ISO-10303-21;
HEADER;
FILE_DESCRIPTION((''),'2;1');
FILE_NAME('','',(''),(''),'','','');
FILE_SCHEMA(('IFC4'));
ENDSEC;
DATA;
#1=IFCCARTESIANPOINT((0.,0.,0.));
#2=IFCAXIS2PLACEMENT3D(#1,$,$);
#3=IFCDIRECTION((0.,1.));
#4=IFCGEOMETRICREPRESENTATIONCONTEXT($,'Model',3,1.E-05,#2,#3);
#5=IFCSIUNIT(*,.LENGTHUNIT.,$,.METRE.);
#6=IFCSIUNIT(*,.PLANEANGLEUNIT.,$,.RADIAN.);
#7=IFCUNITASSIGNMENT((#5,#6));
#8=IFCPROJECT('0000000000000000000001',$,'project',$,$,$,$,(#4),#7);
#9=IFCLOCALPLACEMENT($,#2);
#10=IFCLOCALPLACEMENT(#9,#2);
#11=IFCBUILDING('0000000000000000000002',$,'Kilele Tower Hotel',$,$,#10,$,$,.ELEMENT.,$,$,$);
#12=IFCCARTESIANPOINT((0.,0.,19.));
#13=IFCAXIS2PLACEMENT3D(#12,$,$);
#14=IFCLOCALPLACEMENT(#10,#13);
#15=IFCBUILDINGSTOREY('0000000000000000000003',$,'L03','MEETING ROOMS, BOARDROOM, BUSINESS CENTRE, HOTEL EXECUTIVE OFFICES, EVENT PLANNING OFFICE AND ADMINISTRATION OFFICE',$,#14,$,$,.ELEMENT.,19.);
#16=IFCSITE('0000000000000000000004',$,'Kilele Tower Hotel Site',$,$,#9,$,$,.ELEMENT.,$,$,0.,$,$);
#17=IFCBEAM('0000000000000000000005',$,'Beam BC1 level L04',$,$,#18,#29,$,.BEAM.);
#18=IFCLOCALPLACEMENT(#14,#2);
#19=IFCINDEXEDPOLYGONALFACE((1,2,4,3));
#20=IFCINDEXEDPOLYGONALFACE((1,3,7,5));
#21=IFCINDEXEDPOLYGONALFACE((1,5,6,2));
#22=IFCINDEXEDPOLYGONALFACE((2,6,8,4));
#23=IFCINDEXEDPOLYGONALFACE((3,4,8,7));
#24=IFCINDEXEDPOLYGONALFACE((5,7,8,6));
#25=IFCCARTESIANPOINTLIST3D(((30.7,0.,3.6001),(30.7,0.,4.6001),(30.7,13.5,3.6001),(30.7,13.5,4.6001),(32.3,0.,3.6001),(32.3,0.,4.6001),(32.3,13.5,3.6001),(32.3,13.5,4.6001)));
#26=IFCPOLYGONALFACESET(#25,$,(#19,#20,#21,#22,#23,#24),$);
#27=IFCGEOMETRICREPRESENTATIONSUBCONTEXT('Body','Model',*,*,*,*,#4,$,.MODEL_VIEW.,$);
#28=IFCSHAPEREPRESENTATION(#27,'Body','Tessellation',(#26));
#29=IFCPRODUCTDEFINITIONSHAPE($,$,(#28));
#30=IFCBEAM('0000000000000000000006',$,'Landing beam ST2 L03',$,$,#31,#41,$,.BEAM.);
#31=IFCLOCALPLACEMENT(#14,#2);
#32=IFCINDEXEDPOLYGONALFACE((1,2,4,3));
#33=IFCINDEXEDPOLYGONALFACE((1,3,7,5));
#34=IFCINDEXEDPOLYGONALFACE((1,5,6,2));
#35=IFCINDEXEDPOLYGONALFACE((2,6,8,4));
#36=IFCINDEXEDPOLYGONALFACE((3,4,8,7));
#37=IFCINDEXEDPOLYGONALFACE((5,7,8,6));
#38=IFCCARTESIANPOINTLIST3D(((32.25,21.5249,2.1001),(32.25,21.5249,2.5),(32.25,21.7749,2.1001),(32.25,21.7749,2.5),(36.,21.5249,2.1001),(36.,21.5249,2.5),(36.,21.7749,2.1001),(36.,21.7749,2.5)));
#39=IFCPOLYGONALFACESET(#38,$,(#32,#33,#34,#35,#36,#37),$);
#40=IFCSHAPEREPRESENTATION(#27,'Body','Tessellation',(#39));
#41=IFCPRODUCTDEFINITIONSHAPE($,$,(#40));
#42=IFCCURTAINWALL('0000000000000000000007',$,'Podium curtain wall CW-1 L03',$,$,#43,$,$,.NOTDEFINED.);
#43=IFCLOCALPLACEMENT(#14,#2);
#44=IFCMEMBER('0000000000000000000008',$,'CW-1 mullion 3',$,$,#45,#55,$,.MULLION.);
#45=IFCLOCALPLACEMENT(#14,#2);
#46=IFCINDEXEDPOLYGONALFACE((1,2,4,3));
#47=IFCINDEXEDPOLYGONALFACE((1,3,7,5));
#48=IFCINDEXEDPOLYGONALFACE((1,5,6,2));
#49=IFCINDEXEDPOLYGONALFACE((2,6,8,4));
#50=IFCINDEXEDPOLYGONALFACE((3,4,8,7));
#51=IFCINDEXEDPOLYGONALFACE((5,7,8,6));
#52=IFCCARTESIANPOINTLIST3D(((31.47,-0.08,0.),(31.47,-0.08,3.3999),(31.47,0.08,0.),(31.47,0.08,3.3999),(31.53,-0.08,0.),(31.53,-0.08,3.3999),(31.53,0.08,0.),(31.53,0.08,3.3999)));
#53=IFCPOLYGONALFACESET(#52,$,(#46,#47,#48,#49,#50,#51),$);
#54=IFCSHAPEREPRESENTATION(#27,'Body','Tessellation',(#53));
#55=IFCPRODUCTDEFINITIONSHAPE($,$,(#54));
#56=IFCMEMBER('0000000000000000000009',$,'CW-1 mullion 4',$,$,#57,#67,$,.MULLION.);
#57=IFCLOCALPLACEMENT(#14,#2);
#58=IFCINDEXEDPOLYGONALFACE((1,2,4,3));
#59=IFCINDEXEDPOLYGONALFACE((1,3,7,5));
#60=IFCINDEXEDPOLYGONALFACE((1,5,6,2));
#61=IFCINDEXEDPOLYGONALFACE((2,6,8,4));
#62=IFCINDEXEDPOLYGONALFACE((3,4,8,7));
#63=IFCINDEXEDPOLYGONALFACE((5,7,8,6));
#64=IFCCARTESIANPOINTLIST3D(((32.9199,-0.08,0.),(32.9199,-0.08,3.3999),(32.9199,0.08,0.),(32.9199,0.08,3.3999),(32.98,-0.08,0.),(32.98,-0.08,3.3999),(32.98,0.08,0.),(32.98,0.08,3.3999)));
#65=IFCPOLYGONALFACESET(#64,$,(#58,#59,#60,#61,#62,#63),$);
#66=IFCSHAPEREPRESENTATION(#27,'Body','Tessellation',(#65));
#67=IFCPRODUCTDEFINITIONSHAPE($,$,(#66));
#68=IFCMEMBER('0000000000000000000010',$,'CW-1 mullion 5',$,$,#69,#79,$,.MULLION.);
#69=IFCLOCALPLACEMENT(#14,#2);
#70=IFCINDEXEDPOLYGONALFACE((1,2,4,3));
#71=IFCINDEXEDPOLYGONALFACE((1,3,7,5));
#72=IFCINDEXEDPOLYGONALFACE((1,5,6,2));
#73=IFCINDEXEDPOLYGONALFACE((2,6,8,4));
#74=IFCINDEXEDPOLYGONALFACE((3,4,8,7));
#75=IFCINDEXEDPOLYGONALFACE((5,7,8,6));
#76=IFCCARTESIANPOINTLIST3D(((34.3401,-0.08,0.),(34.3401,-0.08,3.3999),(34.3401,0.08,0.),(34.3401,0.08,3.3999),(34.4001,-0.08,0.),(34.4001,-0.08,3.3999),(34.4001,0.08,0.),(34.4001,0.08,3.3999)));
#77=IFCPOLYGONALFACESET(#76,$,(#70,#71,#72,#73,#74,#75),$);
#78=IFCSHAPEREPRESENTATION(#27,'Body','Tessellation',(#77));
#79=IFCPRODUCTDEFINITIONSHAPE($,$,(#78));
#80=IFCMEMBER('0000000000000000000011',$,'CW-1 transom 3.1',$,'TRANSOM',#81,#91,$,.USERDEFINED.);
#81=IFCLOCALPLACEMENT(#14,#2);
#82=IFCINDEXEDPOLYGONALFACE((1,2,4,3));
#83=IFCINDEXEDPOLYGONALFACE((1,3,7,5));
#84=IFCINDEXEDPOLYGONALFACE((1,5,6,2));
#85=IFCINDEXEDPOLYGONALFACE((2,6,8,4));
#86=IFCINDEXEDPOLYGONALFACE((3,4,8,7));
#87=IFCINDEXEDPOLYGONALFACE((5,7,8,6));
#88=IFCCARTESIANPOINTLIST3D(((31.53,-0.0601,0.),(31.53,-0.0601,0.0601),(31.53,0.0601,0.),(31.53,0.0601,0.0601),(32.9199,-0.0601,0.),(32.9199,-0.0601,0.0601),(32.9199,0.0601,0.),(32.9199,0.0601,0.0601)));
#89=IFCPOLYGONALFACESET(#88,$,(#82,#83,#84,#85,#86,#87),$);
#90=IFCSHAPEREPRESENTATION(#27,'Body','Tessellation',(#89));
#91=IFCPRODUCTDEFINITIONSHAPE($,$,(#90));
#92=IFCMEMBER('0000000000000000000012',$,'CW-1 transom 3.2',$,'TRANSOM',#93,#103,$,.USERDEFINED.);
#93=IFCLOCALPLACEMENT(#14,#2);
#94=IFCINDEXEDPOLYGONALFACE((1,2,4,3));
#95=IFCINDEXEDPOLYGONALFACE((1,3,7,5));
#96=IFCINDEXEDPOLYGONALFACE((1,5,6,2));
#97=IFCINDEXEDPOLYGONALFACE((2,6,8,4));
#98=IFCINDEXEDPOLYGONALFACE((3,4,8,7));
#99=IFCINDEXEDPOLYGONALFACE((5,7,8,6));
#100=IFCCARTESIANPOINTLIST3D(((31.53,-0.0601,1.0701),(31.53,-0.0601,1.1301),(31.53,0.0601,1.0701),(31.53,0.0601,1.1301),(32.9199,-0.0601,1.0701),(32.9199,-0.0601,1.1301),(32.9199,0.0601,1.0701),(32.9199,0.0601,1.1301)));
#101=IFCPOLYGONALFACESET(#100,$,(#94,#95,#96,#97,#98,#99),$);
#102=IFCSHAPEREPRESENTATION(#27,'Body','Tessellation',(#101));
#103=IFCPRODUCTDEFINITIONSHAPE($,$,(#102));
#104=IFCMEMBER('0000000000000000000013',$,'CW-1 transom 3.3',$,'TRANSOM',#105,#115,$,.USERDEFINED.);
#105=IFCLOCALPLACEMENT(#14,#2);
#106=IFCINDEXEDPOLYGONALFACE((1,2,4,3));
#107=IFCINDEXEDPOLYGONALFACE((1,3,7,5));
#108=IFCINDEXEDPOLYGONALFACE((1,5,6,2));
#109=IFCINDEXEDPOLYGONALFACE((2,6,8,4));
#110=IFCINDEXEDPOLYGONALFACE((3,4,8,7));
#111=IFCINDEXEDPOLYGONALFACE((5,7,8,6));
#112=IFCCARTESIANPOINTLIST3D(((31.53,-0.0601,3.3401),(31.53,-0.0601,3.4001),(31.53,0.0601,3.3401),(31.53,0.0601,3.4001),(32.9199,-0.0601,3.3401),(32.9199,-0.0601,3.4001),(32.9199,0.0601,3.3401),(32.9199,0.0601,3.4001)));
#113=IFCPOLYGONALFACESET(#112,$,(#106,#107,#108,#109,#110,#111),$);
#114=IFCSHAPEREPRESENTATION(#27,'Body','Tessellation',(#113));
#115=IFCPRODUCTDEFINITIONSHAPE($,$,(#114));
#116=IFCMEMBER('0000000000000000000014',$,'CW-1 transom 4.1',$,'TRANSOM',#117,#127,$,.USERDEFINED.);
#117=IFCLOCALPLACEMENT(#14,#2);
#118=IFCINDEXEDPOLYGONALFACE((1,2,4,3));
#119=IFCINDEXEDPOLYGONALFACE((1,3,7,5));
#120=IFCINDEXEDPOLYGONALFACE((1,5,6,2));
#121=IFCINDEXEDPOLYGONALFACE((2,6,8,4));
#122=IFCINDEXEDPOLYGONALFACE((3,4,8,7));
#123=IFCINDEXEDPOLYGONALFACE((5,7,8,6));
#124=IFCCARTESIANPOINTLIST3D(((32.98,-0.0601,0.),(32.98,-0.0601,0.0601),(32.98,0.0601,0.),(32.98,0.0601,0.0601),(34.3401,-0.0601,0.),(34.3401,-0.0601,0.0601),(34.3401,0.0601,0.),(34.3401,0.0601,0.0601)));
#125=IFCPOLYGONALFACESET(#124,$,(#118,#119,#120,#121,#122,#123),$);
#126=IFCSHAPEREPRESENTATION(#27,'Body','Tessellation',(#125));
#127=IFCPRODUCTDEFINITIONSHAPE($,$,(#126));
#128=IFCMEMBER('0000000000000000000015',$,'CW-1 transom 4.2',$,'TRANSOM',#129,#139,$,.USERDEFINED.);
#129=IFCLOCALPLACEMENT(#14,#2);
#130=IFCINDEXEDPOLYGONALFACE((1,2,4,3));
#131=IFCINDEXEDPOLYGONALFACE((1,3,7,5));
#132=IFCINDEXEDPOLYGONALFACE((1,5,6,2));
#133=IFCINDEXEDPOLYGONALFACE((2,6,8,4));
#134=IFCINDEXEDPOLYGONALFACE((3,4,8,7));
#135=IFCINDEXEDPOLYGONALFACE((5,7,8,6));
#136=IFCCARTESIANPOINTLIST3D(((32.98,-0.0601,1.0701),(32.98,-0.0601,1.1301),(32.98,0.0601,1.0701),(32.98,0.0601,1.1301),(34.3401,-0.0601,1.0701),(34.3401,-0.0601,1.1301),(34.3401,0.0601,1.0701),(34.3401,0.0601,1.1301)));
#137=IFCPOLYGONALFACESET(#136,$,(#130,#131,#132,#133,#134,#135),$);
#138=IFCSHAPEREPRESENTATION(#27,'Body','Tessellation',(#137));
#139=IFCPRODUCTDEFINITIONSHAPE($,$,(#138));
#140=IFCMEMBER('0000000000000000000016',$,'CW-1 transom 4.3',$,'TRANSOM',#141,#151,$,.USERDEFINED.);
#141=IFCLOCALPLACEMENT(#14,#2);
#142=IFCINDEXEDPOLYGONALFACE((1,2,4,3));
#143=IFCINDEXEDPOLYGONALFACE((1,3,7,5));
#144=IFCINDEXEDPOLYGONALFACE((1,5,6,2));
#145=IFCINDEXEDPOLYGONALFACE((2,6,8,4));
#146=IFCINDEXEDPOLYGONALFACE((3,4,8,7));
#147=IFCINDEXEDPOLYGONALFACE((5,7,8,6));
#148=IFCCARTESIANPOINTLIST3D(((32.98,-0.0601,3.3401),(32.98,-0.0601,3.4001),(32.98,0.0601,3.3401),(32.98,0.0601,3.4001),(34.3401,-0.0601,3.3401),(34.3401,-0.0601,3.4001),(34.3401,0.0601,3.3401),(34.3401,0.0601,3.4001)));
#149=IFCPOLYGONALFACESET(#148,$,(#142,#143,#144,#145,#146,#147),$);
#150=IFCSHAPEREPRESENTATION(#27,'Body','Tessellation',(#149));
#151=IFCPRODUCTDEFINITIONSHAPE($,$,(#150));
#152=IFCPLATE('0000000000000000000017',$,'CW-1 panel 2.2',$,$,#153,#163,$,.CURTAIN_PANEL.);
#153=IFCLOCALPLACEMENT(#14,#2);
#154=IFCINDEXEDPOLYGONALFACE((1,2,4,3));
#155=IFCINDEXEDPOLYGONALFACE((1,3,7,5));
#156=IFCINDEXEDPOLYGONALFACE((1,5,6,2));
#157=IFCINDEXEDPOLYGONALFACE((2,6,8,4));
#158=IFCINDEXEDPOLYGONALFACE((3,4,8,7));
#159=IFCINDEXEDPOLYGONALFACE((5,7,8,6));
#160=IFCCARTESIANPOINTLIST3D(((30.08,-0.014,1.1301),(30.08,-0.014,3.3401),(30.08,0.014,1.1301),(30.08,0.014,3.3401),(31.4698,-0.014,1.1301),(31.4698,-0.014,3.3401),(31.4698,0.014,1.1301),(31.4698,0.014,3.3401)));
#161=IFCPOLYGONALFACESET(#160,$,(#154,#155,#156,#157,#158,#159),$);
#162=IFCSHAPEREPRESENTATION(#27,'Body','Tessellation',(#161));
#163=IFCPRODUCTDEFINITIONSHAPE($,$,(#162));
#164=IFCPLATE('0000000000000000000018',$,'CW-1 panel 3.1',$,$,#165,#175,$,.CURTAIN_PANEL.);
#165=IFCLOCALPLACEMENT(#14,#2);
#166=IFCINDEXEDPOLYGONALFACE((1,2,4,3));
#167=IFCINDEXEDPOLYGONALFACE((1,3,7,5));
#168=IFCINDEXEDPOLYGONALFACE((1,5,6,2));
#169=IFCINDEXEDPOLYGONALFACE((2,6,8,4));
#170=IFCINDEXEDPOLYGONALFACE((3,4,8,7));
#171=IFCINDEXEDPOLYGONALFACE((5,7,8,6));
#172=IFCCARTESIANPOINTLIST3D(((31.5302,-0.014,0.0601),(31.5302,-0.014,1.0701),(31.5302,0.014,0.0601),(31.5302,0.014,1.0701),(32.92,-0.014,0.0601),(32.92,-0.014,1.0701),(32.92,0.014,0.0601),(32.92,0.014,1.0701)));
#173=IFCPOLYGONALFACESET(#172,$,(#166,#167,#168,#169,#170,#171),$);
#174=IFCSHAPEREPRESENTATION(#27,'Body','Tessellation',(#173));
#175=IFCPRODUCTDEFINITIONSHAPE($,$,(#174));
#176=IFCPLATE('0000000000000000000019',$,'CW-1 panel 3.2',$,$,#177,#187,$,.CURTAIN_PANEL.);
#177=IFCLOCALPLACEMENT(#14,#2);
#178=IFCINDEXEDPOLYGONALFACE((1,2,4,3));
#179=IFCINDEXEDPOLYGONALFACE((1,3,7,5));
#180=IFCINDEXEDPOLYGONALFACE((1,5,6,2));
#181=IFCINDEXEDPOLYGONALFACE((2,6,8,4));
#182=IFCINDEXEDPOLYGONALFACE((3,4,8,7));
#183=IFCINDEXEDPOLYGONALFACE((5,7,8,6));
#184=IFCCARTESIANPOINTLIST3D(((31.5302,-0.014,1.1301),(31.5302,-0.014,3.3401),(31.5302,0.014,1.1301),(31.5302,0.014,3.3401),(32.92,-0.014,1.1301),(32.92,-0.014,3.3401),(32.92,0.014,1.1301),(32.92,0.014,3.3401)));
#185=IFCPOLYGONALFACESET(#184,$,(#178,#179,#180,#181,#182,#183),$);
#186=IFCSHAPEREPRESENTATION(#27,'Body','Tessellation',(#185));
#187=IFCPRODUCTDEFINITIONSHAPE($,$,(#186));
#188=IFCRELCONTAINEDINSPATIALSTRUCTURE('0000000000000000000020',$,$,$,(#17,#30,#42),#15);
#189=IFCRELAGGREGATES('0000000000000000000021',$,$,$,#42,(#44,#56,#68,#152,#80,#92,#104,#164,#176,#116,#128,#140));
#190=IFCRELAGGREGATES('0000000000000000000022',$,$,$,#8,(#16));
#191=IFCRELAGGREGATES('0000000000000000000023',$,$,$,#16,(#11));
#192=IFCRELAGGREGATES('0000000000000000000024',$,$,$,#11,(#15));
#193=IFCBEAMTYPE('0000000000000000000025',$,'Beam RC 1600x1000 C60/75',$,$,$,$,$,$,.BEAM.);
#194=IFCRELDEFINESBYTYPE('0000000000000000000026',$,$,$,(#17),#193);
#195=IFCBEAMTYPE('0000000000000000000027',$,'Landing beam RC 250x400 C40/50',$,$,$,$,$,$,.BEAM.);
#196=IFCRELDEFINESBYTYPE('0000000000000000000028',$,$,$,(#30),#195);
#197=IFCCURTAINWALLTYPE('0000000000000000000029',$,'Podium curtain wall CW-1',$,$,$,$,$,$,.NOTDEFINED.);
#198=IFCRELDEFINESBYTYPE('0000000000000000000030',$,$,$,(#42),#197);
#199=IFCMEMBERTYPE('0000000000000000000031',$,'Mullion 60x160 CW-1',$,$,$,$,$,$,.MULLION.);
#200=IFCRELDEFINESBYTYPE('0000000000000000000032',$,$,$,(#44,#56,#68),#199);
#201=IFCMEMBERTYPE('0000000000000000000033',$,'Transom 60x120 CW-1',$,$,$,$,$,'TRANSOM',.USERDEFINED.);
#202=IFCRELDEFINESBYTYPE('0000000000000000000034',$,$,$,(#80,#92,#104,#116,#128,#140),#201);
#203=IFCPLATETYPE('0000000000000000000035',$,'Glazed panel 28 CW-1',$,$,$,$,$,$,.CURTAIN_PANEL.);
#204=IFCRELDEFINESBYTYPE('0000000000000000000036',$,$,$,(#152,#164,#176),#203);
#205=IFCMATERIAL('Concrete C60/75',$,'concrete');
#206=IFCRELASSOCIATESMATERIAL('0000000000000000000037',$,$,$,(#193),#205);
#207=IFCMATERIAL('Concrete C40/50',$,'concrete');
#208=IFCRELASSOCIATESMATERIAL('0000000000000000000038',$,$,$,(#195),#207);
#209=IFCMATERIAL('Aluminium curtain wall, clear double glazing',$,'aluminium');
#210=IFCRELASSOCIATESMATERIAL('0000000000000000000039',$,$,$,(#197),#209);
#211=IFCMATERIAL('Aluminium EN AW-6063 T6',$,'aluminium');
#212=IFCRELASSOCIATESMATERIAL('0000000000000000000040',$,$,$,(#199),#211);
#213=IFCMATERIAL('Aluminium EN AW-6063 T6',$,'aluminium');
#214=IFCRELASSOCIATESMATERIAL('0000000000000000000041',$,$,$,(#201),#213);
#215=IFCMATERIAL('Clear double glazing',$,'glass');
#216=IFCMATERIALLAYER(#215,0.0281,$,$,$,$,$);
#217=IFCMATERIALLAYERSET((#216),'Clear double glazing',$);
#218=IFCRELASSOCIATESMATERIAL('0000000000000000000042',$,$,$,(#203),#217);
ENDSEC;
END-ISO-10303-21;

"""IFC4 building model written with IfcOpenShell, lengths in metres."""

from ifc_helpers import new_model, si_unit, direction, frame, origin, origin_2d, place, context, subcontext, project, spatial, rectangle, extrude, material, layer, layer_set, material_profile, profile_set, type_object, element, aggregate, save


model = new_model("IFC4")

# Units and contexts
model_context = context("Model", 3, precision=1e-05, world=origin(), true_north=direction((0.0, 1.0)))
body_context = subcontext(model_context, "Body", "Model", "MODEL_VIEW")
ifc_project = project(units=[si_unit("LENGTHUNIT", "METRE"), si_unit("PLANEANGLEUNIT", "RADIAN")], contexts=[model_context])

# Site, building, storey
site_placement = place(None, origin())
site = spatial("IfcSite", under=ifc_project, at=site_placement, Name="Kilele Tower Hotel Site", CompositionType="ELEMENT", RefElevation=0.0)
building_placement = place(site_placement, origin())
building = spatial("IfcBuilding", under=site, at=building_placement, Name="Kilele Tower Hotel", CompositionType="ELEMENT")
storey_placement = place(building_placement, frame((0.0, 0.0, 19.0)))
storey = spatial("IfcBuildingStorey", under=building, at=storey_placement, Name="L03", Description="MEETING ROOMS, BOARDROOM, BUSINESS CENTRE, HOTEL EXECUTIVE OFFICES, EVENT PLANNING OFFICE AND ADMINISTRATION OFFICE", CompositionType="ELEMENT", Elevation=19.0)

# Beams
ifc_material_1 = material(Name="Concrete C60/75", Category="concrete")
ifc_material_profile_1 = material_profile(ifc_material_1, rectangle(XDim=1.6001, YDim=1.0, at=origin_2d()))
ifc_profile_set_1 = profile_set([ifc_material_profile_1], Name="Concrete C60/75")
beam_type_1 = type_object("IfcBeamType", Name="Beam RC 1600x1000 C60/75", PredefinedType="BEAM", material=ifc_profile_set_1)
beam_1_placement = place(storey_placement, frame((31.5, 0.0, 4.1001), z_axis=(0.0, 1.0, 0.0), x_axis=(-1.0, 0.0, 0.0)))
element("IfcBeam", 1, at=beam_1_placement, inside=storey, type_object=beam_type_1, Name="Beam BC1 level L04", PredefinedType="BEAM", context=body_context, shape_type="SweptSolid", body=[
    extrude(rectangle(XDim=1.6001, YDim=1.0, at=origin_2d()), origin(), (0.0, 0.0, 1.0), 13.5),
])
ifc_material_2 = material(Name="Concrete C40/50", Category="concrete")
ifc_material_profile_2 = material_profile(ifc_material_2, rectangle(XDim=0.25, YDim=0.3999, at=origin_2d()))
ifc_profile_set_2 = profile_set([ifc_material_profile_2], Name="Concrete C40/50")
beam_type_2 = type_object("IfcBeamType", Name="Landing beam RC 250x400 C40/50", PredefinedType="BEAM", material=ifc_profile_set_2)
beam_2_placement = place(storey_placement, frame((32.25, 21.6499, 2.3), z_axis=(1.0, 0.0, 0.0), x_axis=(0.0, 1.0, 0.0)))
element("IfcBeam", 2, at=beam_2_placement, inside=storey, type_object=beam_type_2, Name="Landing beam ST2 L03", PredefinedType="BEAM", context=body_context, shape_type="SweptSolid", body=[
    extrude(rectangle(XDim=0.25, YDim=0.3999, at=origin_2d()), origin(), (0.0, 0.0, 1.0), 3.75),
])

# Curtain wall, members, plates
ifc_material_3 = material(Name="Aluminium curtain wall, clear double glazing", Category="aluminium")
curtain_wall_type = type_object("IfcCurtainWallType", Name="Podium curtain wall CW-1", PredefinedType="NOTDEFINED", material=ifc_material_3)
curtain_wall_placement = place(storey_placement, origin())
curtain_wall = element("IfcCurtainWall", 3, at=curtain_wall_placement, inside=storey, type_object=curtain_wall_type, Name="Podium curtain wall CW-1 L03", PredefinedType="NOTDEFINED")
ifc_material_4 = material(Name="Aluminium EN AW-6063 T6", Category="aluminium")
ifc_material_profile_3 = material_profile(ifc_material_4, rectangle(XDim=0.1599, YDim=0.0601, at=origin_2d()))
ifc_profile_set_3 = profile_set([ifc_material_profile_3], Name="Aluminium EN AW-6063 T6")
member_type_1 = type_object("IfcMemberType", Name="Mullion 60x160 CW-1", PredefinedType="MULLION", material=ifc_profile_set_3)
member_1_placement = place(storey_placement, frame((31.5, 0.0, 0.0), z_axis=(0.0, 0.0, 1.0), x_axis=(0.0, 1.0, 0.0)))
member_1 = element("IfcMember", 4, at=member_1_placement, type_object=member_type_1, Name="CW-1 mullion 3", PredefinedType="MULLION", context=body_context, shape_type="SweptSolid", body=[
    extrude(rectangle(XDim=0.1599, YDim=0.0601, at=origin_2d()), origin(), (0.0, 0.0, 1.0), 3.3999),
])
member_2_placement = place(storey_placement, frame((32.95, 0.0, 0.0), z_axis=(0.0, 0.0, 1.0), x_axis=(0.0, 1.0, 0.0)))
member_2 = element("IfcMember", 5, at=member_2_placement, type_object=member_type_1, Name="CW-1 mullion 4", PredefinedType="MULLION", context=body_context, shape_type="SweptSolid", body=[
    extrude(rectangle(XDim=0.1599, YDim=0.0601, at=origin_2d()), origin(), (0.0, 0.0, 1.0), 3.3999),
])
member_3_placement = place(storey_placement, frame((34.3701, 0.0, 0.0), z_axis=(0.0, 0.0, 1.0), x_axis=(0.0, 1.0, 0.0)))
member_3 = element("IfcMember", 6, at=member_3_placement, type_object=member_type_1, Name="CW-1 mullion 5", PredefinedType="MULLION", context=body_context, shape_type="SweptSolid", body=[
    extrude(rectangle(XDim=0.1599, YDim=0.0601, at=origin_2d()), origin(), (0.0, 0.0, 1.0), 3.3999),
])
ifc_material_5 = material(Name="Aluminium EN AW-6063 T6", Category="aluminium")
ifc_material_profile_4 = material_profile(ifc_material_5, rectangle(XDim=0.1201, YDim=0.0601, at=origin_2d()))
ifc_profile_set_4 = profile_set([ifc_material_profile_4], Name="Aluminium EN AW-6063 T6")
member_type_2 = type_object("IfcMemberType", Name="Transom 60x120 CW-1", ElementType="TRANSOM", PredefinedType="USERDEFINED", material=ifc_profile_set_4)
member_4_placement = place(storey_placement, frame((31.53, 0.0, 0.03), z_axis=(1.0, 0.0, 0.0), x_axis=(0.0, 1.0, 0.0)))
member_4 = element("IfcMember", 7, at=member_4_placement, type_object=member_type_2, Name="CW-1 transom 3.1", ObjectType="TRANSOM", PredefinedType="USERDEFINED", context=body_context, shape_type="SweptSolid", body=[
    extrude(rectangle(XDim=0.1201, YDim=0.0601, at=origin_2d()), origin(), (0.0, 0.0, 1.0), 1.3899),
])
member_5_placement = place(storey_placement, frame((31.53, 0.0, 1.1001), z_axis=(1.0, 0.0, 0.0), x_axis=(0.0, 1.0, 0.0)))
member_5 = element("IfcMember", 8, at=member_5_placement, type_object=member_type_2, Name="CW-1 transom 3.2", ObjectType="TRANSOM", PredefinedType="USERDEFINED", context=body_context, shape_type="SweptSolid", body=[
    extrude(rectangle(XDim=0.1201, YDim=0.0601, at=origin_2d()), origin(), (0.0, 0.0, 1.0), 1.3899),
])
member_6_placement = place(storey_placement, frame((31.53, 0.0, 3.3701), z_axis=(1.0, 0.0, 0.0), x_axis=(0.0, 1.0, 0.0)))
member_6 = element("IfcMember", 9, at=member_6_placement, type_object=member_type_2, Name="CW-1 transom 3.3", ObjectType="TRANSOM", PredefinedType="USERDEFINED", context=body_context, shape_type="SweptSolid", body=[
    extrude(rectangle(XDim=0.1201, YDim=0.0601, at=origin_2d()), origin(), (0.0, 0.0, 1.0), 1.3899),
])
member_7_placement = place(storey_placement, frame((32.98, 0.0, 0.03), z_axis=(1.0, 0.0, 0.0), x_axis=(0.0, 1.0, 0.0)))
member_7 = element("IfcMember", 10, at=member_7_placement, type_object=member_type_2, Name="CW-1 transom 4.1", ObjectType="TRANSOM", PredefinedType="USERDEFINED", context=body_context, shape_type="SweptSolid", body=[
    extrude(rectangle(XDim=0.1201, YDim=0.0601, at=origin_2d()), origin(), (0.0, 0.0, 1.0), 1.3601),
])
member_8_placement = place(storey_placement, frame((32.98, 0.0, 1.1001), z_axis=(1.0, 0.0, 0.0), x_axis=(0.0, 1.0, 0.0)))
member_8 = element("IfcMember", 11, at=member_8_placement, type_object=member_type_2, Name="CW-1 transom 4.2", ObjectType="TRANSOM", PredefinedType="USERDEFINED", context=body_context, shape_type="SweptSolid", body=[
    extrude(rectangle(XDim=0.1201, YDim=0.0601, at=origin_2d()), origin(), (0.0, 0.0, 1.0), 1.3601),
])
member_9_placement = place(storey_placement, frame((32.98, 0.0, 3.3701), z_axis=(1.0, 0.0, 0.0), x_axis=(0.0, 1.0, 0.0)))
member_9 = element("IfcMember", 12, at=member_9_placement, type_object=member_type_2, Name="CW-1 transom 4.3", ObjectType="TRANSOM", PredefinedType="USERDEFINED", context=body_context, shape_type="SweptSolid", body=[
    extrude(rectangle(XDim=0.1201, YDim=0.0601, at=origin_2d()), origin(), (0.0, 0.0, 1.0), 1.3601),
])
ifc_material_6 = material(Name="Clear double glazing", Category="glass")
ifc_layer_1 = layer(ifc_material_6, 0.0281)
ifc_layer_set_1 = layer_set([ifc_layer_1], Name="Clear double glazing")
plate_type = type_object("IfcPlateType", Name="Glazed panel 28 CW-1", PredefinedType="CURTAIN_PANEL", material=ifc_layer_set_1)
plate_1_placement = place(storey_placement, frame((30.7749, 0.0, 1.1301), z_axis=(0.0, 0.0, 1.0), x_axis=(1.0, 0.0, 0.0)))
plate_1 = element("IfcPlate", 13, at=plate_1_placement, type_object=plate_type, Name="CW-1 panel 2.2", PredefinedType="CURTAIN_PANEL", context=body_context, shape_type="SweptSolid", body=[
    extrude(rectangle(XDim=1.3899, YDim=0.0281, at=origin_2d()), origin(), (0.0, 0.0, 1.0), 2.21),
])
plate_2_placement = place(storey_placement, frame((32.2251, 0.0, 0.0601), z_axis=(0.0, 0.0, 1.0), x_axis=(1.0, 0.0, 0.0)))
plate_2 = element("IfcPlate", 14, at=plate_2_placement, type_object=plate_type, Name="CW-1 panel 3.1", PredefinedType="CURTAIN_PANEL", context=body_context, shape_type="SweptSolid", body=[
    extrude(rectangle(XDim=1.3899, YDim=0.0281, at=origin_2d()), origin(), (0.0, 0.0, 1.0), 1.01),
])
plate_3_placement = place(storey_placement, frame((32.2251, 0.0, 1.1301), z_axis=(0.0, 0.0, 1.0), x_axis=(1.0, 0.0, 0.0)))
plate_3 = element("IfcPlate", 15, at=plate_3_placement, type_object=plate_type, Name="CW-1 panel 3.2", PredefinedType="CURTAIN_PANEL", context=body_context, shape_type="SweptSolid", body=[
    extrude(rectangle(XDim=1.3899, YDim=0.0281, at=origin_2d()), origin(), (0.0, 0.0, 1.0), 2.21),
])
aggregate(curtain_wall, [member_1, member_2, member_3, plate_1, member_4, member_5, member_6, plate_2, plate_3, member_7, member_8, member_9])

save(model, "model.ifc")
